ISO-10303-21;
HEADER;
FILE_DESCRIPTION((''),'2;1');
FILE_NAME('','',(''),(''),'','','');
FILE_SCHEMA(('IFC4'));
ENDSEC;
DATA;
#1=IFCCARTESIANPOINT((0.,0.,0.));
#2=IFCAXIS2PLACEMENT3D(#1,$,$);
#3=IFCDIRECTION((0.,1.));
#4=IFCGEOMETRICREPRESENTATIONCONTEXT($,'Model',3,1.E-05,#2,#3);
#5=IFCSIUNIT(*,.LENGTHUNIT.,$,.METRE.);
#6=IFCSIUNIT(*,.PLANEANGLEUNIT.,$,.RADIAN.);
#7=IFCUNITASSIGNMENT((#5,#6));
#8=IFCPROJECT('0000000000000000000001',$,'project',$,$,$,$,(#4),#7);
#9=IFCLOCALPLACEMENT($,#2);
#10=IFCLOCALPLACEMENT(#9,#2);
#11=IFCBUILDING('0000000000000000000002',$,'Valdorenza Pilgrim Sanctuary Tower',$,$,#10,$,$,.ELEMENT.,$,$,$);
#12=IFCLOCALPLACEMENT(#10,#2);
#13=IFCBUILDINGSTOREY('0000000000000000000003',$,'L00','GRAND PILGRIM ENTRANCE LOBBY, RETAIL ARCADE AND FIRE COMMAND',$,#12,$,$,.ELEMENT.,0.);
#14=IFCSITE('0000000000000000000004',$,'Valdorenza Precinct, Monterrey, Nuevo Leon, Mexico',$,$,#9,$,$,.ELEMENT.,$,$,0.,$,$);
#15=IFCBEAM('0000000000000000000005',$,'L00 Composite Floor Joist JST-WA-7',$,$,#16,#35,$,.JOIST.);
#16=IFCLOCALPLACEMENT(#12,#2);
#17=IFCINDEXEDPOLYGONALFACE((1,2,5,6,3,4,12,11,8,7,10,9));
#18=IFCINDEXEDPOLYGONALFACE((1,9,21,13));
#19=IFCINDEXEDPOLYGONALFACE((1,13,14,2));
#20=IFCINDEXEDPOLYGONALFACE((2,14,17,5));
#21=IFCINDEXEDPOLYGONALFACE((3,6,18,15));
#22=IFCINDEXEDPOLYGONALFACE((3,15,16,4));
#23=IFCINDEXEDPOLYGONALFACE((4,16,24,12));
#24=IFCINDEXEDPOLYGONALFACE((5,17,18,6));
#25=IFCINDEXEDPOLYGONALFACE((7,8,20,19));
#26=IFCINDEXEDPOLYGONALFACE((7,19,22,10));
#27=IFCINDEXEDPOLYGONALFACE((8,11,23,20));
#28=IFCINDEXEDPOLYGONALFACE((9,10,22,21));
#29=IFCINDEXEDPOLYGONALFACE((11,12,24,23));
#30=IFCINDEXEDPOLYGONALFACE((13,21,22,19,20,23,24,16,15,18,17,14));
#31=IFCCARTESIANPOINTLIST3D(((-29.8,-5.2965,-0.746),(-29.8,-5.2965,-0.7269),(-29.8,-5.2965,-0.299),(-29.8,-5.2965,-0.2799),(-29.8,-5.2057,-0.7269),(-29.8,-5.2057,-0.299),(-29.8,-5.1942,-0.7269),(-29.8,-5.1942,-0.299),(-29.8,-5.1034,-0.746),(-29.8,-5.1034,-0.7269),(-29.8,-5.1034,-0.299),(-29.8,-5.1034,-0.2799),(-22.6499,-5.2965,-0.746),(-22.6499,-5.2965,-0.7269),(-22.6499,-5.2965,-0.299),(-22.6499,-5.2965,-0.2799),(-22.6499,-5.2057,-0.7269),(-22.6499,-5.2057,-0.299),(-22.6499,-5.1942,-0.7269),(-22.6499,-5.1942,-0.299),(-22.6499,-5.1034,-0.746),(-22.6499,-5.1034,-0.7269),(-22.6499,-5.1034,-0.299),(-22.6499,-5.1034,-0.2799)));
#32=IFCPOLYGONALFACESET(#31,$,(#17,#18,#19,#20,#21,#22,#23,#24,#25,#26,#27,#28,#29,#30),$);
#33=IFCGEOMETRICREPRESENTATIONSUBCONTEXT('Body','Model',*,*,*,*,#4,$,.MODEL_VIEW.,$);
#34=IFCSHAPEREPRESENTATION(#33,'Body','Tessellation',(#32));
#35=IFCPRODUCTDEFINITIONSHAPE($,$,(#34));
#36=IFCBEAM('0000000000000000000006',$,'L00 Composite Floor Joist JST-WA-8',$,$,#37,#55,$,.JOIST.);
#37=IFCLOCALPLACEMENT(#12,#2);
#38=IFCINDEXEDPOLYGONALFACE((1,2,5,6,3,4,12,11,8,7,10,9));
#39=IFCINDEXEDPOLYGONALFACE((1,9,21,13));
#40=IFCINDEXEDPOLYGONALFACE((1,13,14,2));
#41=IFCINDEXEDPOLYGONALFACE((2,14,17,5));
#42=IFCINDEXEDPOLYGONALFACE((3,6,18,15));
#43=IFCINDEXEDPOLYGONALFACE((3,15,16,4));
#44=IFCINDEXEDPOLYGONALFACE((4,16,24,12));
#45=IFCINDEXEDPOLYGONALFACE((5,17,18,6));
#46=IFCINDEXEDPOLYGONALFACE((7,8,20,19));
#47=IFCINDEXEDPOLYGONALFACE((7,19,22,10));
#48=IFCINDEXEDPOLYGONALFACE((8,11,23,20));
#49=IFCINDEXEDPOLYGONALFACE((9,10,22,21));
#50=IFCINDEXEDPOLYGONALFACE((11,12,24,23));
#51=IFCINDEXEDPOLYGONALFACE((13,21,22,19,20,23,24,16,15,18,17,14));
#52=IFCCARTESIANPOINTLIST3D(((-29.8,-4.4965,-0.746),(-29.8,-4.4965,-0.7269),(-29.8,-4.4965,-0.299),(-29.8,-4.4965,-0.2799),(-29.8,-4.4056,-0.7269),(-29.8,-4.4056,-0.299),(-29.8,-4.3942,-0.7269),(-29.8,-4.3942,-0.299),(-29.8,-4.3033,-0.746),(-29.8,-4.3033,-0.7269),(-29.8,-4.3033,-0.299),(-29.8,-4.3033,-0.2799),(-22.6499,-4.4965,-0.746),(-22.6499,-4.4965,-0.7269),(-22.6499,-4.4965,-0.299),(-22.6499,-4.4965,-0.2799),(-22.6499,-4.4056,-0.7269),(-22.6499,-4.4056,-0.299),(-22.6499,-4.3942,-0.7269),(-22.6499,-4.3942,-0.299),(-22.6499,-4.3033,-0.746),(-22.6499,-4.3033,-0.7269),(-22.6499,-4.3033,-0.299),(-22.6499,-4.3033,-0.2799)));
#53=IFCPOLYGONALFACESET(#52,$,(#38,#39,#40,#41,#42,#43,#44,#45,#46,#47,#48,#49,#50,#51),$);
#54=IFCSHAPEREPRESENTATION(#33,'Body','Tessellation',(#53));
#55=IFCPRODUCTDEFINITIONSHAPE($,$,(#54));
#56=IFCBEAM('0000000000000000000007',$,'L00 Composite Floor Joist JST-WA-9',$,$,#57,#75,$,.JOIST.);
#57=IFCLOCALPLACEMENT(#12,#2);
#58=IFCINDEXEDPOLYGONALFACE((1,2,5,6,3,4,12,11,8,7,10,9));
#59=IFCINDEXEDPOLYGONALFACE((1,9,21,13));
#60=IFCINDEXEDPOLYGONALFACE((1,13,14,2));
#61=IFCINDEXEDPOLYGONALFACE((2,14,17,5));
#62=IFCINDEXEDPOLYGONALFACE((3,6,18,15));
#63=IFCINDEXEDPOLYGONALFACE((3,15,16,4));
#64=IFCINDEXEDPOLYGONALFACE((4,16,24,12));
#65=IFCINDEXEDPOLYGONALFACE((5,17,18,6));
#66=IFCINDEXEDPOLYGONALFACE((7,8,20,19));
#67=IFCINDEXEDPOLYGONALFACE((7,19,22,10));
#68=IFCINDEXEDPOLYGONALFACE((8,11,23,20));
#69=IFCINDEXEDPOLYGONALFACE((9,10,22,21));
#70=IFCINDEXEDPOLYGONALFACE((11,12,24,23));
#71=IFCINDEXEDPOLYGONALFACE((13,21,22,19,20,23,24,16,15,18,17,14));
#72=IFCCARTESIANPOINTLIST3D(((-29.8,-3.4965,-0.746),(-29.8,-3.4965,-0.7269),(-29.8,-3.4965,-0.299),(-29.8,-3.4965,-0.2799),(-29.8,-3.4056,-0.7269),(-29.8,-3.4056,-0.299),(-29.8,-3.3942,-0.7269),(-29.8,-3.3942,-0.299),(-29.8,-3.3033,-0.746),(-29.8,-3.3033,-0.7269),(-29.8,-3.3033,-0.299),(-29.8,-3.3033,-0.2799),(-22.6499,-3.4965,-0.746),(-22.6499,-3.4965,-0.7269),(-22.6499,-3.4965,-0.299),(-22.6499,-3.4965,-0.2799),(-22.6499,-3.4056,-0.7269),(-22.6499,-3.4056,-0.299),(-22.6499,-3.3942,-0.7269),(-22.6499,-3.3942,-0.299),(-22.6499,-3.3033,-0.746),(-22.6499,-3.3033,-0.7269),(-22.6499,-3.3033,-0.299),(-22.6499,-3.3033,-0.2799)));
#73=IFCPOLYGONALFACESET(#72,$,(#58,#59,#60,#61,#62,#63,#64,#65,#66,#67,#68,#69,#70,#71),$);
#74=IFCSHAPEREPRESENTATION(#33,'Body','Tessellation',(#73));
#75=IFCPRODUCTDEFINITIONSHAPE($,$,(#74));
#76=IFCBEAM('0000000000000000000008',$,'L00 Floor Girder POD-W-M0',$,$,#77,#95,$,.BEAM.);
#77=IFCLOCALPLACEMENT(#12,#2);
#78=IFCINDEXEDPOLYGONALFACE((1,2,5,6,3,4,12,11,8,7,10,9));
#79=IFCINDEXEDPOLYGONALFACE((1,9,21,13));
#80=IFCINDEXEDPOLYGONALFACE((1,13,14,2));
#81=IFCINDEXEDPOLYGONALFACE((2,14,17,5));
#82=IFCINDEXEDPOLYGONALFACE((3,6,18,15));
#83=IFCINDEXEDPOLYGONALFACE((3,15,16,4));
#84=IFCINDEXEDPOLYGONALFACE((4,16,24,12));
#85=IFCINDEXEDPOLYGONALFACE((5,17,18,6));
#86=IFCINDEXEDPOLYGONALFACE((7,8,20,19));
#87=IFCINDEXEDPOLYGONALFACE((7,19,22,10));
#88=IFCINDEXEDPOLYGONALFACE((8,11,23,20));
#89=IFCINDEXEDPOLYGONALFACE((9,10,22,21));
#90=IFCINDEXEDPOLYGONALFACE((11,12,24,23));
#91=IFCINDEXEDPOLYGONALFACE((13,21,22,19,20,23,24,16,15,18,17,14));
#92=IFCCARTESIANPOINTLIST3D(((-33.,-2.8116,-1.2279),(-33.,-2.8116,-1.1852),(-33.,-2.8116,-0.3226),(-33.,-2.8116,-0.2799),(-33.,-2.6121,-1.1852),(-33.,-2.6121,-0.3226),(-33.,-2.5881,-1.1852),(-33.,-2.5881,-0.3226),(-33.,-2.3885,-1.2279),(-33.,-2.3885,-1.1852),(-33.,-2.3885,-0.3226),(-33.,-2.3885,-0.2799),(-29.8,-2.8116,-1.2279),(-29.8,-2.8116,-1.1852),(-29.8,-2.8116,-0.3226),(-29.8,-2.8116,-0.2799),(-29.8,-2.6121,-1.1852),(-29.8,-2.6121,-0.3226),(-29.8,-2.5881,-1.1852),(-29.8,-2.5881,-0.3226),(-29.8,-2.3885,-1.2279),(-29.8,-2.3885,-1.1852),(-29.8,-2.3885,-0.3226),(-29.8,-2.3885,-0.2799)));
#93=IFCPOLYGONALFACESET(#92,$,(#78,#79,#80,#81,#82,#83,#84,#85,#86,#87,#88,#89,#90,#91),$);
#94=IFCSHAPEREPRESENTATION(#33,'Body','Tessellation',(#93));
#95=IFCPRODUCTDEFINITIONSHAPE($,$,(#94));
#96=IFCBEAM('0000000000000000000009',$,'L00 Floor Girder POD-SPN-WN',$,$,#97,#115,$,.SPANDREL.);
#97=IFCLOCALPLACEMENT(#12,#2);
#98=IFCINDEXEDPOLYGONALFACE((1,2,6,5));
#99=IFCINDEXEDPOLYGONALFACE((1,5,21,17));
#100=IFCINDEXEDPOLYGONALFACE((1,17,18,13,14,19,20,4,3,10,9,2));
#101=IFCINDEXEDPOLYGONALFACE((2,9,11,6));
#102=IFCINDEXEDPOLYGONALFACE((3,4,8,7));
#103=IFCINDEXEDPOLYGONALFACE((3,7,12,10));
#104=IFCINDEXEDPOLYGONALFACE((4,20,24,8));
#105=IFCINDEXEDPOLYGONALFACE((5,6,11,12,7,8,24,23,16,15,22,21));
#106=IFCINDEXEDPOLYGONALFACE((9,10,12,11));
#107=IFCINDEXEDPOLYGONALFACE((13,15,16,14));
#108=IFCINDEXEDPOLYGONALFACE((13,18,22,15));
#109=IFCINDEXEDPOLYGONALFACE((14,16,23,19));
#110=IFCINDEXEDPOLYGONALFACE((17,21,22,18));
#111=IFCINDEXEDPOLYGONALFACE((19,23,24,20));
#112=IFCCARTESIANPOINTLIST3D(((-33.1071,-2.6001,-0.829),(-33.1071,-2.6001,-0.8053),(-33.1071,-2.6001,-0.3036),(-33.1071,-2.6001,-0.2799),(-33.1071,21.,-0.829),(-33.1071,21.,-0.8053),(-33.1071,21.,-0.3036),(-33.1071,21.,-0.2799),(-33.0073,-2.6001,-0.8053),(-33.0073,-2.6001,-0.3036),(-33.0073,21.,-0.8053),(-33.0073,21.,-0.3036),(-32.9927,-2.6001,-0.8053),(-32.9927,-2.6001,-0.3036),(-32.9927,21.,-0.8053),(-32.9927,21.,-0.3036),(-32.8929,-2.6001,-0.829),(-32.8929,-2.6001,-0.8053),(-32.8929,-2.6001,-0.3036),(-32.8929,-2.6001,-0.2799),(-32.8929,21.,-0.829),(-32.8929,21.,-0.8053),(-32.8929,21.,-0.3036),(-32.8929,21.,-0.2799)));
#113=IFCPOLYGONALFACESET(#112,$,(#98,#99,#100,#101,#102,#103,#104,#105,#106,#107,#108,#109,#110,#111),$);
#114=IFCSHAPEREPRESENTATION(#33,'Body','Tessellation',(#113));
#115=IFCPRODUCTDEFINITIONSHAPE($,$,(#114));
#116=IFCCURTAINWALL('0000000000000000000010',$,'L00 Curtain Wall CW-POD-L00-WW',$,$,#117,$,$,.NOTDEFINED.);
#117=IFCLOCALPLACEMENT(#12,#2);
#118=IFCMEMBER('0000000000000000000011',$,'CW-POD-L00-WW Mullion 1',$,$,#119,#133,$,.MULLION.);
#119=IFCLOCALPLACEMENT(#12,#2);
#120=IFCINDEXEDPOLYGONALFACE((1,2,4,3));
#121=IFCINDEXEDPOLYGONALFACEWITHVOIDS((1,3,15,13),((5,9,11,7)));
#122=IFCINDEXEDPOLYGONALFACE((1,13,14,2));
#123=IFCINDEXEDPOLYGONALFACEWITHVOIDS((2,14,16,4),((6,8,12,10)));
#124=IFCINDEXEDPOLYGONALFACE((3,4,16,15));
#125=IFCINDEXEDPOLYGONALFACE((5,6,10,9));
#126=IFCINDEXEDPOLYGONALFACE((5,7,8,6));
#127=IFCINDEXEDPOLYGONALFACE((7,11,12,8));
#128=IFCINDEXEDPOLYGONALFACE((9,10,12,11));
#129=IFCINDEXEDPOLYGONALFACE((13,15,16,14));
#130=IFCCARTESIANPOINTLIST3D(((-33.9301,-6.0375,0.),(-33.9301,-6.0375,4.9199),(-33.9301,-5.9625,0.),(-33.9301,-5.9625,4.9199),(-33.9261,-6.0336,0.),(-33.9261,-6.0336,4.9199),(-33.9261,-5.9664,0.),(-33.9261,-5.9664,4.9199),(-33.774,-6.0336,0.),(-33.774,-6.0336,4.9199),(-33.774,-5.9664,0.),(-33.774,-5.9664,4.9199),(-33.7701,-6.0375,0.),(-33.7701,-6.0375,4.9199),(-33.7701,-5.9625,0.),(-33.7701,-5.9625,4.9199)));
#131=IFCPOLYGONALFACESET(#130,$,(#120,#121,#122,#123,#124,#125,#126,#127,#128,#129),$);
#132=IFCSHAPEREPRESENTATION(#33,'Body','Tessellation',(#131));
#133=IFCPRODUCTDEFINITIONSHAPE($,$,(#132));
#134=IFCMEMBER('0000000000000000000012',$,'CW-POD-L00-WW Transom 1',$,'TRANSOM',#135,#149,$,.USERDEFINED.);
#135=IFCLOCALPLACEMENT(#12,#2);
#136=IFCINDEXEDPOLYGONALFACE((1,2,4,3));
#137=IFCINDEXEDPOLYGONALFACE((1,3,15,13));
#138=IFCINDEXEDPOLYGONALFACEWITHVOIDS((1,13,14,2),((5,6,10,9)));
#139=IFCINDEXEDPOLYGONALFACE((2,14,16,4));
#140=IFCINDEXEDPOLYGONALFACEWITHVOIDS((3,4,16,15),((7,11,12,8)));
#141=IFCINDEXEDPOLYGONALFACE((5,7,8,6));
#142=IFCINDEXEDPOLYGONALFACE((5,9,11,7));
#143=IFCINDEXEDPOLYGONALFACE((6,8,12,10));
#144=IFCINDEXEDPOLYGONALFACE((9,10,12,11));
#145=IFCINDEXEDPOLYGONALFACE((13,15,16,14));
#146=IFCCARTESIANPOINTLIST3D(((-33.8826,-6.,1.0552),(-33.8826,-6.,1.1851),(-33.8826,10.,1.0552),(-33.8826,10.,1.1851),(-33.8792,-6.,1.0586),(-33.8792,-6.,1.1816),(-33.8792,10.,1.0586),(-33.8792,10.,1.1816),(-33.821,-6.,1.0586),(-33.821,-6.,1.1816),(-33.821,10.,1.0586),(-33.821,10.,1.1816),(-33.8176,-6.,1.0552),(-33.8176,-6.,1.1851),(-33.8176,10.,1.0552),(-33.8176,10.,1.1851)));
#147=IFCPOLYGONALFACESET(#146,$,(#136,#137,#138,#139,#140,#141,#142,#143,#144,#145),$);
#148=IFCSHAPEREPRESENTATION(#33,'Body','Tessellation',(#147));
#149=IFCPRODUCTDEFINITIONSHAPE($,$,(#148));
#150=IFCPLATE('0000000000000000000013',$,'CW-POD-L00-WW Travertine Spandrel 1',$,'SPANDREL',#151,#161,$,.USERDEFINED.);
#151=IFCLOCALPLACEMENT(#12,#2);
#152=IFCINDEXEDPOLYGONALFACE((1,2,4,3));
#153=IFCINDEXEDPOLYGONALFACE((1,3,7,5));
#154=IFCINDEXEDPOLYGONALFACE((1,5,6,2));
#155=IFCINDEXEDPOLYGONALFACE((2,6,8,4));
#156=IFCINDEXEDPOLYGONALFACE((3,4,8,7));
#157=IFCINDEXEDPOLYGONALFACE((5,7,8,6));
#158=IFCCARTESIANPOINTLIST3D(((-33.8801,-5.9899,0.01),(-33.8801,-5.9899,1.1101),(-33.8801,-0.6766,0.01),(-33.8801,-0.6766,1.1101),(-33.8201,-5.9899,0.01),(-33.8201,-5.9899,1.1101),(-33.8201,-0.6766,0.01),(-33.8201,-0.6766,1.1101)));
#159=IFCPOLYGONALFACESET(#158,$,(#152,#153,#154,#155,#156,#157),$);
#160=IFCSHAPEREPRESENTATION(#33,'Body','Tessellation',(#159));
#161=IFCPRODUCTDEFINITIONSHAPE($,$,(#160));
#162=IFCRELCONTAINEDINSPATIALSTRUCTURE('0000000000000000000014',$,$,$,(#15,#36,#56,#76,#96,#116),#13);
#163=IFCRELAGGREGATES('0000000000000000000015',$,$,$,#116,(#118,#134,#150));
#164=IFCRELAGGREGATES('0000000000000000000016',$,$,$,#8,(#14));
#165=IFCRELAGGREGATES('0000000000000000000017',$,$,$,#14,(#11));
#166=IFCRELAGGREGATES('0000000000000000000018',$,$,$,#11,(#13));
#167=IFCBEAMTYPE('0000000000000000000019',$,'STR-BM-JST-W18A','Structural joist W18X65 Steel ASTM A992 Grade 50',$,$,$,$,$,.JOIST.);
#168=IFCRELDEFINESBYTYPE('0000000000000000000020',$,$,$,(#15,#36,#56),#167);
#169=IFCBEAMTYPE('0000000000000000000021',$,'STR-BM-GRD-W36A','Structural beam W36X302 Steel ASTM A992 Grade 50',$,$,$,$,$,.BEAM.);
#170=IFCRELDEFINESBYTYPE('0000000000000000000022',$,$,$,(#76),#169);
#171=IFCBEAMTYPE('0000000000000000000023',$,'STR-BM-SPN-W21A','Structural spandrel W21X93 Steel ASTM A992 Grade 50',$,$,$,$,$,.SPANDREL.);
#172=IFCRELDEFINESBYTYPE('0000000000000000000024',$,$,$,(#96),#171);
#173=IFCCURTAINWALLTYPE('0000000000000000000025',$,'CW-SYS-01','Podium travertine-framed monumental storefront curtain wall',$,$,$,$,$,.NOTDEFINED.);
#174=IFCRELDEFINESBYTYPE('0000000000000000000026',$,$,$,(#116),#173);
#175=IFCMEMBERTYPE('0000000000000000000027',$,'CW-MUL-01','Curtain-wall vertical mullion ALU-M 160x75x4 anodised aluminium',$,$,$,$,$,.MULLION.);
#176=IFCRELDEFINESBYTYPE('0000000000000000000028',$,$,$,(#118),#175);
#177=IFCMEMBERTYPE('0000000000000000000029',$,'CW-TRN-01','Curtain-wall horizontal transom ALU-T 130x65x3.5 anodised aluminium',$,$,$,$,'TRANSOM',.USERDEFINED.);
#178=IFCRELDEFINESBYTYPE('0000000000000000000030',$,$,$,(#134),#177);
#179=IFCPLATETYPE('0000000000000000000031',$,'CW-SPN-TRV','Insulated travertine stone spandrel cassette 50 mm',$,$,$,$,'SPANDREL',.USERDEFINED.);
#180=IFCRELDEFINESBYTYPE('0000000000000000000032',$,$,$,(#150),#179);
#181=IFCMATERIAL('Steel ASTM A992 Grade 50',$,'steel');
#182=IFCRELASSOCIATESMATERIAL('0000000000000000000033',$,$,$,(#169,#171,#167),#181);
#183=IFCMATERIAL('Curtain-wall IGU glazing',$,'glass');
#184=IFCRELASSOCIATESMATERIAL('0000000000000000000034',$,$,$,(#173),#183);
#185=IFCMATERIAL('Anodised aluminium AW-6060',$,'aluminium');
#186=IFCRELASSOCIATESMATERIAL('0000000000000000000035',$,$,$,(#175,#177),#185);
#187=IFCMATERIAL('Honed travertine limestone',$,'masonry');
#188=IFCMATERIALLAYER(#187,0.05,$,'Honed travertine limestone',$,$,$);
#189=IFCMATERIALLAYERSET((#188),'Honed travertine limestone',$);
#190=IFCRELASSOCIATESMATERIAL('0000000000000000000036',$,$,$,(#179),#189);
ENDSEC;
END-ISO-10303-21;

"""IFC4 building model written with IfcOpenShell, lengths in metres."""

from ifc_helpers import new_model, si_unit, direction, frame, origin, origin_2d, place, context, subcontext, project, spatial, rectangle, hollow_rectangle, i_section, extrude, source, transform, mapped, material, layer, layer_set, material_profile, profile_set, type_object, element, aggregate, save


model = new_model("IFC4")

# Units and contexts
model_context = context("Model", 3, precision=1e-05, world=origin(), true_north=direction((0.0, 1.0)))
body_context = subcontext(model_context, "Body", "Model", "MODEL_VIEW")
ifc_project = project(units=[si_unit("LENGTHUNIT", "METRE"), si_unit("PLANEANGLEUNIT", "RADIAN")], contexts=[model_context])

# Site, building, storey
site_placement = place(None, origin())
site = spatial("IfcSite", under=ifc_project, at=site_placement, Name="Valdorenza Precinct, Monterrey, Nuevo Leon, Mexico", CompositionType="ELEMENT", RefElevation=0.0)
building_placement = place(site_placement, origin())
building = spatial("IfcBuilding", under=site, at=building_placement, Name="Valdorenza Pilgrim Sanctuary Tower", CompositionType="ELEMENT")
storey_placement = place(building_placement, origin())
storey = spatial("IfcBuildingStorey", under=building, at=storey_placement, Name="L00", Description="GRAND PILGRIM ENTRANCE LOBBY, RETAIL ARCADE AND FIRE COMMAND", CompositionType="ELEMENT", Elevation=0.0)

# Beams
ifc_material_1 = material(Name="Steel ASTM A992 Grade 50", Category="steel")
ifc_material_profile_1 = material_profile(ifc_material_1, i_section(OverallWidth=0.4231, OverallDepth=0.948, WebThickness=0.0239, FlangeThickness=0.0427, at=origin_2d()), Name="W36X302")
ifc_profile_set_1 = profile_set([ifc_material_profile_1], Name="Steel ASTM A992 Grade 50")
beam_type_1 = type_object("IfcBeamType", Name="STR-BM-GRD-W36A", Description="Structural beam W36X302 Steel ASTM A992 Grade 50", PredefinedType="BEAM", material=ifc_profile_set_1)
ifc_material_profile_2 = material_profile(ifc_material_1, i_section(OverallWidth=0.2141, OverallDepth=0.5491, WebThickness=0.0146, FlangeThickness=0.0237, at=origin_2d()), Name="W21X93")
ifc_profile_set_2 = profile_set([ifc_material_profile_2], Name="Steel ASTM A992 Grade 50")
beam_type_2 = type_object("IfcBeamType", Name="STR-BM-SPN-W21A", Description="Structural spandrel W21X93 Steel ASTM A992 Grade 50", PredefinedType="SPANDREL", material=ifc_profile_set_2)
ifc_material_profile_3 = material_profile(ifc_material_1, i_section(OverallWidth=0.1931, OverallDepth=0.4661, WebThickness=0.0115, FlangeThickness=0.019, at=origin_2d()), Name="W18X65")
ifc_profile_set_3 = profile_set([ifc_material_profile_3], Name="Steel ASTM A992 Grade 50")
beam_type_3 = type_object("IfcBeamType", Name="STR-BM-JST-W18A", Description="Structural joist W18X65 Steel ASTM A992 Grade 50", PredefinedType="JOIST", material=ifc_profile_set_3)
shared_shape_1 = source(origin(), body_context, "Body", "SweptSolid", [
    extrude(i_section(OverallWidth=0.1931, OverallDepth=0.4661, WebThickness=0.0115, FlangeThickness=0.019, at=origin_2d()), origin(), (0.0, 0.0, 1.0), 7.1501),
])
for number, where, z_axis, x_axis, name in (
    (1, (-29.8, -5.2, -0.5129), (1.0, 0.0, 0.0), (0.0, 1.0, 0.0), "L00 Composite Floor Joist JST-WA-7"),
    (2, (-29.8, -4.3999, -0.5129), (1.0, 0.0, 0.0), (0.0, 1.0, 0.0), "L00 Composite Floor Joist JST-WA-8"),
    (3, (-29.8, -3.3999, -0.5129), (1.0, 0.0, 0.0), (0.0, 1.0, 0.0), "L00 Composite Floor Joist JST-WA-9"),
):
    element("IfcBeam", number, at=place(storey_placement, frame(where, z_axis=z_axis, x_axis=x_axis)), inside=storey, type_object=beam_type_3, Name=name, PredefinedType="JOIST", context=body_context, shape_type="MappedRepresentation", body=[
        mapped(shared_shape_1, transform((0.0, 0.0, 0.0), x_axis=(1.0, 0.0, 0.0), y_axis=(0.0, 1.0, 0.0), z_axis=(0.0, 0.0, 1.0), scale=1.0)),
    ])
shared_shape_2 = source(origin(), body_context, "Body", "SweptSolid", [
    extrude(i_section(OverallWidth=0.4231, OverallDepth=0.948, WebThickness=0.0239, FlangeThickness=0.0427, at=origin_2d()), origin(), (0.0, 0.0, 1.0), 3.2),
])
beam_1_placement = place(storey_placement, frame((-33.0, -2.6001, -0.7539), z_axis=(1.0, 0.0, 0.0), x_axis=(0.0, 1.0, 0.0)))
element("IfcBeam", 4, at=beam_1_placement, inside=storey, type_object=beam_type_1, Name="L00 Floor Girder POD-W-M0", PredefinedType="BEAM", context=body_context, shape_type="MappedRepresentation", body=[
    mapped(shared_shape_2, transform((0.0, 0.0, 0.0), x_axis=(1.0, 0.0, 0.0), y_axis=(0.0, 1.0, 0.0), z_axis=(0.0, 0.0, 1.0), scale=1.0)),
])
shared_shape_3 = source(origin(), body_context, "Body", "SweptSolid", [
    extrude(i_section(OverallWidth=0.2141, OverallDepth=0.5491, WebThickness=0.0146, FlangeThickness=0.0237, at=origin_2d()), origin(), (0.0, 0.0, 1.0), 23.6001),
])
beam_2_placement = place(storey_placement, frame((-33.0, -2.6001, -0.5544), z_axis=(0.0, 1.0, 0.0), x_axis=(-1.0, 0.0, 0.0)))
element("IfcBeam", 5, at=beam_2_placement, inside=storey, type_object=beam_type_2, Name="L00 Floor Girder POD-SPN-WN", PredefinedType="SPANDREL", context=body_context, shape_type="MappedRepresentation", body=[
    mapped(shared_shape_3, transform((0.0, 0.0, 0.0), x_axis=(1.0, 0.0, 0.0), y_axis=(0.0, 1.0, 0.0), z_axis=(0.0, 0.0, 1.0), scale=1.0)),
])

# Curtain wall, members, plate
ifc_material_2 = material(Name="Curtain-wall IGU glazing", Category="glass")
curtain_wall_type = type_object("IfcCurtainWallType", Name="CW-SYS-01", Description="Podium travertine-framed monumental storefront curtain wall", PredefinedType="NOTDEFINED", material=ifc_material_2)
curtain_wall_placement = place(storey_placement, origin())
curtain_wall = element("IfcCurtainWall", 6, at=curtain_wall_placement, inside=storey, type_object=curtain_wall_type, Name="L00 Curtain Wall CW-POD-L00-WW", PredefinedType="NOTDEFINED")
ifc_material_3 = material(Name="Anodised aluminium AW-6060", Category="aluminium")
ifc_material_profile_4 = material_profile(ifc_material_3, hollow_rectangle(XDim=0.075, YDim=0.1599, WallThickness=0.0039, at=origin_2d()), Name="ALU-M 160x75x4")
ifc_profile_set_4 = profile_set([ifc_material_profile_4], Name="Anodised aluminium AW-6060")
member_type_1 = type_object("IfcMemberType", Name="CW-MUL-01", Description="Curtain-wall vertical mullion ALU-M 160x75x4 anodised aluminium", PredefinedType="MULLION", material=ifc_profile_set_4)
shared_shape_4 = source(origin(), body_context, "Body", "SweptSolid", [
    extrude(hollow_rectangle(XDim=0.075, YDim=0.1599, WallThickness=0.0039, at=origin_2d()), origin(), (0.0, 0.0, 1.0), 4.9199),
])
member_1_placement = place(storey_placement, frame((-33.8501, -6.0, 0.0), z_axis=(0.0, 0.0, 1.0), x_axis=(0.0, 1.0, 0.0)))
member_1 = element("IfcMember", 7, at=member_1_placement, type_object=member_type_1, Name="CW-POD-L00-WW Mullion 1", PredefinedType="MULLION", context=body_context, shape_type="MappedRepresentation", body=[
    mapped(shared_shape_4, transform((0.0, 0.0, 0.0), x_axis=(1.0, 0.0, 0.0), y_axis=(0.0, 1.0, 0.0), z_axis=(0.0, 0.0, 1.0), scale=1.0)),
])
ifc_material_profile_5 = material_profile(ifc_material_3, hollow_rectangle(XDim=0.0649, YDim=0.1299, WallThickness=0.0034, at=origin_2d()), Name="ALU-T 130x65x3.5")
ifc_profile_set_5 = profile_set([ifc_material_profile_5], Name="Anodised aluminium AW-6060")
member_type_2 = type_object("IfcMemberType", Name="CW-TRN-01", Description="Curtain-wall horizontal transom ALU-T 130x65x3.5 anodised aluminium", ElementType="TRANSOM", PredefinedType="USERDEFINED", material=ifc_profile_set_5)
shared_shape_5 = source(origin(), body_context, "Body", "SweptSolid", [
    extrude(hollow_rectangle(XDim=0.0649, YDim=0.1299, WallThickness=0.0034, at=origin_2d()), origin(), (0.0, 0.0, 1.0), 16.0),
])
member_2_placement = place(storey_placement, frame((-33.8501, -6.0, 1.1201), z_axis=(0.0, 1.0, 0.0), x_axis=(-1.0, 0.0, 0.0)))
member_2 = element("IfcMember", 8, at=member_2_placement, type_object=member_type_2, Name="CW-POD-L00-WW Transom 1", ObjectType="TRANSOM", PredefinedType="USERDEFINED", context=body_context, shape_type="MappedRepresentation", body=[
    mapped(shared_shape_5, transform((0.0, 0.0, 0.0), x_axis=(1.0, 0.0, 0.0), y_axis=(0.0, 1.0, 0.0), z_axis=(0.0, 0.0, 1.0), scale=1.0)),
])
ifc_material_4 = material(Name="Honed travertine limestone", Category="masonry")
ifc_layer_1 = layer(ifc_material_4, 0.05, Name="Honed travertine limestone")
ifc_layer_set_1 = layer_set([ifc_layer_1], Name="Honed travertine limestone")
plate_type_1 = type_object("IfcPlateType", Name="CW-SPN-TRV", Description="Insulated travertine stone spandrel cassette 50 mm", ElementType="SPANDREL", PredefinedType="USERDEFINED", material=ifc_layer_set_1)
shared_shape_6 = source(origin(), body_context, "Body", "SweptSolid", [
    extrude(rectangle(XDim=5.3132, YDim=0.0601, at=origin_2d()), origin(), (0.0, 0.0, 1.0), 1.1001),
])
plate_1_placement = place(storey_placement, frame((-33.8501, -3.3333, 0.01), z_axis=(0.0, 0.0, 1.0), x_axis=(0.0, 1.0, 0.0)))
plate_1 = element("IfcPlate", 9, at=plate_1_placement, type_object=plate_type_1, Name="CW-POD-L00-WW Travertine Spandrel 1", ObjectType="SPANDREL", PredefinedType="USERDEFINED", context=body_context, shape_type="MappedRepresentation", body=[
    mapped(shared_shape_6, transform((0.0, 0.0, 0.0), x_axis=(1.0, 0.0, 0.0), y_axis=(0.0, 1.0, 0.0), z_axis=(0.0, 0.0, 1.0), scale=1.0)),
])
aggregate(curtain_wall, [member_1, member_2, plate_1])

save(model, "model.ifc")
